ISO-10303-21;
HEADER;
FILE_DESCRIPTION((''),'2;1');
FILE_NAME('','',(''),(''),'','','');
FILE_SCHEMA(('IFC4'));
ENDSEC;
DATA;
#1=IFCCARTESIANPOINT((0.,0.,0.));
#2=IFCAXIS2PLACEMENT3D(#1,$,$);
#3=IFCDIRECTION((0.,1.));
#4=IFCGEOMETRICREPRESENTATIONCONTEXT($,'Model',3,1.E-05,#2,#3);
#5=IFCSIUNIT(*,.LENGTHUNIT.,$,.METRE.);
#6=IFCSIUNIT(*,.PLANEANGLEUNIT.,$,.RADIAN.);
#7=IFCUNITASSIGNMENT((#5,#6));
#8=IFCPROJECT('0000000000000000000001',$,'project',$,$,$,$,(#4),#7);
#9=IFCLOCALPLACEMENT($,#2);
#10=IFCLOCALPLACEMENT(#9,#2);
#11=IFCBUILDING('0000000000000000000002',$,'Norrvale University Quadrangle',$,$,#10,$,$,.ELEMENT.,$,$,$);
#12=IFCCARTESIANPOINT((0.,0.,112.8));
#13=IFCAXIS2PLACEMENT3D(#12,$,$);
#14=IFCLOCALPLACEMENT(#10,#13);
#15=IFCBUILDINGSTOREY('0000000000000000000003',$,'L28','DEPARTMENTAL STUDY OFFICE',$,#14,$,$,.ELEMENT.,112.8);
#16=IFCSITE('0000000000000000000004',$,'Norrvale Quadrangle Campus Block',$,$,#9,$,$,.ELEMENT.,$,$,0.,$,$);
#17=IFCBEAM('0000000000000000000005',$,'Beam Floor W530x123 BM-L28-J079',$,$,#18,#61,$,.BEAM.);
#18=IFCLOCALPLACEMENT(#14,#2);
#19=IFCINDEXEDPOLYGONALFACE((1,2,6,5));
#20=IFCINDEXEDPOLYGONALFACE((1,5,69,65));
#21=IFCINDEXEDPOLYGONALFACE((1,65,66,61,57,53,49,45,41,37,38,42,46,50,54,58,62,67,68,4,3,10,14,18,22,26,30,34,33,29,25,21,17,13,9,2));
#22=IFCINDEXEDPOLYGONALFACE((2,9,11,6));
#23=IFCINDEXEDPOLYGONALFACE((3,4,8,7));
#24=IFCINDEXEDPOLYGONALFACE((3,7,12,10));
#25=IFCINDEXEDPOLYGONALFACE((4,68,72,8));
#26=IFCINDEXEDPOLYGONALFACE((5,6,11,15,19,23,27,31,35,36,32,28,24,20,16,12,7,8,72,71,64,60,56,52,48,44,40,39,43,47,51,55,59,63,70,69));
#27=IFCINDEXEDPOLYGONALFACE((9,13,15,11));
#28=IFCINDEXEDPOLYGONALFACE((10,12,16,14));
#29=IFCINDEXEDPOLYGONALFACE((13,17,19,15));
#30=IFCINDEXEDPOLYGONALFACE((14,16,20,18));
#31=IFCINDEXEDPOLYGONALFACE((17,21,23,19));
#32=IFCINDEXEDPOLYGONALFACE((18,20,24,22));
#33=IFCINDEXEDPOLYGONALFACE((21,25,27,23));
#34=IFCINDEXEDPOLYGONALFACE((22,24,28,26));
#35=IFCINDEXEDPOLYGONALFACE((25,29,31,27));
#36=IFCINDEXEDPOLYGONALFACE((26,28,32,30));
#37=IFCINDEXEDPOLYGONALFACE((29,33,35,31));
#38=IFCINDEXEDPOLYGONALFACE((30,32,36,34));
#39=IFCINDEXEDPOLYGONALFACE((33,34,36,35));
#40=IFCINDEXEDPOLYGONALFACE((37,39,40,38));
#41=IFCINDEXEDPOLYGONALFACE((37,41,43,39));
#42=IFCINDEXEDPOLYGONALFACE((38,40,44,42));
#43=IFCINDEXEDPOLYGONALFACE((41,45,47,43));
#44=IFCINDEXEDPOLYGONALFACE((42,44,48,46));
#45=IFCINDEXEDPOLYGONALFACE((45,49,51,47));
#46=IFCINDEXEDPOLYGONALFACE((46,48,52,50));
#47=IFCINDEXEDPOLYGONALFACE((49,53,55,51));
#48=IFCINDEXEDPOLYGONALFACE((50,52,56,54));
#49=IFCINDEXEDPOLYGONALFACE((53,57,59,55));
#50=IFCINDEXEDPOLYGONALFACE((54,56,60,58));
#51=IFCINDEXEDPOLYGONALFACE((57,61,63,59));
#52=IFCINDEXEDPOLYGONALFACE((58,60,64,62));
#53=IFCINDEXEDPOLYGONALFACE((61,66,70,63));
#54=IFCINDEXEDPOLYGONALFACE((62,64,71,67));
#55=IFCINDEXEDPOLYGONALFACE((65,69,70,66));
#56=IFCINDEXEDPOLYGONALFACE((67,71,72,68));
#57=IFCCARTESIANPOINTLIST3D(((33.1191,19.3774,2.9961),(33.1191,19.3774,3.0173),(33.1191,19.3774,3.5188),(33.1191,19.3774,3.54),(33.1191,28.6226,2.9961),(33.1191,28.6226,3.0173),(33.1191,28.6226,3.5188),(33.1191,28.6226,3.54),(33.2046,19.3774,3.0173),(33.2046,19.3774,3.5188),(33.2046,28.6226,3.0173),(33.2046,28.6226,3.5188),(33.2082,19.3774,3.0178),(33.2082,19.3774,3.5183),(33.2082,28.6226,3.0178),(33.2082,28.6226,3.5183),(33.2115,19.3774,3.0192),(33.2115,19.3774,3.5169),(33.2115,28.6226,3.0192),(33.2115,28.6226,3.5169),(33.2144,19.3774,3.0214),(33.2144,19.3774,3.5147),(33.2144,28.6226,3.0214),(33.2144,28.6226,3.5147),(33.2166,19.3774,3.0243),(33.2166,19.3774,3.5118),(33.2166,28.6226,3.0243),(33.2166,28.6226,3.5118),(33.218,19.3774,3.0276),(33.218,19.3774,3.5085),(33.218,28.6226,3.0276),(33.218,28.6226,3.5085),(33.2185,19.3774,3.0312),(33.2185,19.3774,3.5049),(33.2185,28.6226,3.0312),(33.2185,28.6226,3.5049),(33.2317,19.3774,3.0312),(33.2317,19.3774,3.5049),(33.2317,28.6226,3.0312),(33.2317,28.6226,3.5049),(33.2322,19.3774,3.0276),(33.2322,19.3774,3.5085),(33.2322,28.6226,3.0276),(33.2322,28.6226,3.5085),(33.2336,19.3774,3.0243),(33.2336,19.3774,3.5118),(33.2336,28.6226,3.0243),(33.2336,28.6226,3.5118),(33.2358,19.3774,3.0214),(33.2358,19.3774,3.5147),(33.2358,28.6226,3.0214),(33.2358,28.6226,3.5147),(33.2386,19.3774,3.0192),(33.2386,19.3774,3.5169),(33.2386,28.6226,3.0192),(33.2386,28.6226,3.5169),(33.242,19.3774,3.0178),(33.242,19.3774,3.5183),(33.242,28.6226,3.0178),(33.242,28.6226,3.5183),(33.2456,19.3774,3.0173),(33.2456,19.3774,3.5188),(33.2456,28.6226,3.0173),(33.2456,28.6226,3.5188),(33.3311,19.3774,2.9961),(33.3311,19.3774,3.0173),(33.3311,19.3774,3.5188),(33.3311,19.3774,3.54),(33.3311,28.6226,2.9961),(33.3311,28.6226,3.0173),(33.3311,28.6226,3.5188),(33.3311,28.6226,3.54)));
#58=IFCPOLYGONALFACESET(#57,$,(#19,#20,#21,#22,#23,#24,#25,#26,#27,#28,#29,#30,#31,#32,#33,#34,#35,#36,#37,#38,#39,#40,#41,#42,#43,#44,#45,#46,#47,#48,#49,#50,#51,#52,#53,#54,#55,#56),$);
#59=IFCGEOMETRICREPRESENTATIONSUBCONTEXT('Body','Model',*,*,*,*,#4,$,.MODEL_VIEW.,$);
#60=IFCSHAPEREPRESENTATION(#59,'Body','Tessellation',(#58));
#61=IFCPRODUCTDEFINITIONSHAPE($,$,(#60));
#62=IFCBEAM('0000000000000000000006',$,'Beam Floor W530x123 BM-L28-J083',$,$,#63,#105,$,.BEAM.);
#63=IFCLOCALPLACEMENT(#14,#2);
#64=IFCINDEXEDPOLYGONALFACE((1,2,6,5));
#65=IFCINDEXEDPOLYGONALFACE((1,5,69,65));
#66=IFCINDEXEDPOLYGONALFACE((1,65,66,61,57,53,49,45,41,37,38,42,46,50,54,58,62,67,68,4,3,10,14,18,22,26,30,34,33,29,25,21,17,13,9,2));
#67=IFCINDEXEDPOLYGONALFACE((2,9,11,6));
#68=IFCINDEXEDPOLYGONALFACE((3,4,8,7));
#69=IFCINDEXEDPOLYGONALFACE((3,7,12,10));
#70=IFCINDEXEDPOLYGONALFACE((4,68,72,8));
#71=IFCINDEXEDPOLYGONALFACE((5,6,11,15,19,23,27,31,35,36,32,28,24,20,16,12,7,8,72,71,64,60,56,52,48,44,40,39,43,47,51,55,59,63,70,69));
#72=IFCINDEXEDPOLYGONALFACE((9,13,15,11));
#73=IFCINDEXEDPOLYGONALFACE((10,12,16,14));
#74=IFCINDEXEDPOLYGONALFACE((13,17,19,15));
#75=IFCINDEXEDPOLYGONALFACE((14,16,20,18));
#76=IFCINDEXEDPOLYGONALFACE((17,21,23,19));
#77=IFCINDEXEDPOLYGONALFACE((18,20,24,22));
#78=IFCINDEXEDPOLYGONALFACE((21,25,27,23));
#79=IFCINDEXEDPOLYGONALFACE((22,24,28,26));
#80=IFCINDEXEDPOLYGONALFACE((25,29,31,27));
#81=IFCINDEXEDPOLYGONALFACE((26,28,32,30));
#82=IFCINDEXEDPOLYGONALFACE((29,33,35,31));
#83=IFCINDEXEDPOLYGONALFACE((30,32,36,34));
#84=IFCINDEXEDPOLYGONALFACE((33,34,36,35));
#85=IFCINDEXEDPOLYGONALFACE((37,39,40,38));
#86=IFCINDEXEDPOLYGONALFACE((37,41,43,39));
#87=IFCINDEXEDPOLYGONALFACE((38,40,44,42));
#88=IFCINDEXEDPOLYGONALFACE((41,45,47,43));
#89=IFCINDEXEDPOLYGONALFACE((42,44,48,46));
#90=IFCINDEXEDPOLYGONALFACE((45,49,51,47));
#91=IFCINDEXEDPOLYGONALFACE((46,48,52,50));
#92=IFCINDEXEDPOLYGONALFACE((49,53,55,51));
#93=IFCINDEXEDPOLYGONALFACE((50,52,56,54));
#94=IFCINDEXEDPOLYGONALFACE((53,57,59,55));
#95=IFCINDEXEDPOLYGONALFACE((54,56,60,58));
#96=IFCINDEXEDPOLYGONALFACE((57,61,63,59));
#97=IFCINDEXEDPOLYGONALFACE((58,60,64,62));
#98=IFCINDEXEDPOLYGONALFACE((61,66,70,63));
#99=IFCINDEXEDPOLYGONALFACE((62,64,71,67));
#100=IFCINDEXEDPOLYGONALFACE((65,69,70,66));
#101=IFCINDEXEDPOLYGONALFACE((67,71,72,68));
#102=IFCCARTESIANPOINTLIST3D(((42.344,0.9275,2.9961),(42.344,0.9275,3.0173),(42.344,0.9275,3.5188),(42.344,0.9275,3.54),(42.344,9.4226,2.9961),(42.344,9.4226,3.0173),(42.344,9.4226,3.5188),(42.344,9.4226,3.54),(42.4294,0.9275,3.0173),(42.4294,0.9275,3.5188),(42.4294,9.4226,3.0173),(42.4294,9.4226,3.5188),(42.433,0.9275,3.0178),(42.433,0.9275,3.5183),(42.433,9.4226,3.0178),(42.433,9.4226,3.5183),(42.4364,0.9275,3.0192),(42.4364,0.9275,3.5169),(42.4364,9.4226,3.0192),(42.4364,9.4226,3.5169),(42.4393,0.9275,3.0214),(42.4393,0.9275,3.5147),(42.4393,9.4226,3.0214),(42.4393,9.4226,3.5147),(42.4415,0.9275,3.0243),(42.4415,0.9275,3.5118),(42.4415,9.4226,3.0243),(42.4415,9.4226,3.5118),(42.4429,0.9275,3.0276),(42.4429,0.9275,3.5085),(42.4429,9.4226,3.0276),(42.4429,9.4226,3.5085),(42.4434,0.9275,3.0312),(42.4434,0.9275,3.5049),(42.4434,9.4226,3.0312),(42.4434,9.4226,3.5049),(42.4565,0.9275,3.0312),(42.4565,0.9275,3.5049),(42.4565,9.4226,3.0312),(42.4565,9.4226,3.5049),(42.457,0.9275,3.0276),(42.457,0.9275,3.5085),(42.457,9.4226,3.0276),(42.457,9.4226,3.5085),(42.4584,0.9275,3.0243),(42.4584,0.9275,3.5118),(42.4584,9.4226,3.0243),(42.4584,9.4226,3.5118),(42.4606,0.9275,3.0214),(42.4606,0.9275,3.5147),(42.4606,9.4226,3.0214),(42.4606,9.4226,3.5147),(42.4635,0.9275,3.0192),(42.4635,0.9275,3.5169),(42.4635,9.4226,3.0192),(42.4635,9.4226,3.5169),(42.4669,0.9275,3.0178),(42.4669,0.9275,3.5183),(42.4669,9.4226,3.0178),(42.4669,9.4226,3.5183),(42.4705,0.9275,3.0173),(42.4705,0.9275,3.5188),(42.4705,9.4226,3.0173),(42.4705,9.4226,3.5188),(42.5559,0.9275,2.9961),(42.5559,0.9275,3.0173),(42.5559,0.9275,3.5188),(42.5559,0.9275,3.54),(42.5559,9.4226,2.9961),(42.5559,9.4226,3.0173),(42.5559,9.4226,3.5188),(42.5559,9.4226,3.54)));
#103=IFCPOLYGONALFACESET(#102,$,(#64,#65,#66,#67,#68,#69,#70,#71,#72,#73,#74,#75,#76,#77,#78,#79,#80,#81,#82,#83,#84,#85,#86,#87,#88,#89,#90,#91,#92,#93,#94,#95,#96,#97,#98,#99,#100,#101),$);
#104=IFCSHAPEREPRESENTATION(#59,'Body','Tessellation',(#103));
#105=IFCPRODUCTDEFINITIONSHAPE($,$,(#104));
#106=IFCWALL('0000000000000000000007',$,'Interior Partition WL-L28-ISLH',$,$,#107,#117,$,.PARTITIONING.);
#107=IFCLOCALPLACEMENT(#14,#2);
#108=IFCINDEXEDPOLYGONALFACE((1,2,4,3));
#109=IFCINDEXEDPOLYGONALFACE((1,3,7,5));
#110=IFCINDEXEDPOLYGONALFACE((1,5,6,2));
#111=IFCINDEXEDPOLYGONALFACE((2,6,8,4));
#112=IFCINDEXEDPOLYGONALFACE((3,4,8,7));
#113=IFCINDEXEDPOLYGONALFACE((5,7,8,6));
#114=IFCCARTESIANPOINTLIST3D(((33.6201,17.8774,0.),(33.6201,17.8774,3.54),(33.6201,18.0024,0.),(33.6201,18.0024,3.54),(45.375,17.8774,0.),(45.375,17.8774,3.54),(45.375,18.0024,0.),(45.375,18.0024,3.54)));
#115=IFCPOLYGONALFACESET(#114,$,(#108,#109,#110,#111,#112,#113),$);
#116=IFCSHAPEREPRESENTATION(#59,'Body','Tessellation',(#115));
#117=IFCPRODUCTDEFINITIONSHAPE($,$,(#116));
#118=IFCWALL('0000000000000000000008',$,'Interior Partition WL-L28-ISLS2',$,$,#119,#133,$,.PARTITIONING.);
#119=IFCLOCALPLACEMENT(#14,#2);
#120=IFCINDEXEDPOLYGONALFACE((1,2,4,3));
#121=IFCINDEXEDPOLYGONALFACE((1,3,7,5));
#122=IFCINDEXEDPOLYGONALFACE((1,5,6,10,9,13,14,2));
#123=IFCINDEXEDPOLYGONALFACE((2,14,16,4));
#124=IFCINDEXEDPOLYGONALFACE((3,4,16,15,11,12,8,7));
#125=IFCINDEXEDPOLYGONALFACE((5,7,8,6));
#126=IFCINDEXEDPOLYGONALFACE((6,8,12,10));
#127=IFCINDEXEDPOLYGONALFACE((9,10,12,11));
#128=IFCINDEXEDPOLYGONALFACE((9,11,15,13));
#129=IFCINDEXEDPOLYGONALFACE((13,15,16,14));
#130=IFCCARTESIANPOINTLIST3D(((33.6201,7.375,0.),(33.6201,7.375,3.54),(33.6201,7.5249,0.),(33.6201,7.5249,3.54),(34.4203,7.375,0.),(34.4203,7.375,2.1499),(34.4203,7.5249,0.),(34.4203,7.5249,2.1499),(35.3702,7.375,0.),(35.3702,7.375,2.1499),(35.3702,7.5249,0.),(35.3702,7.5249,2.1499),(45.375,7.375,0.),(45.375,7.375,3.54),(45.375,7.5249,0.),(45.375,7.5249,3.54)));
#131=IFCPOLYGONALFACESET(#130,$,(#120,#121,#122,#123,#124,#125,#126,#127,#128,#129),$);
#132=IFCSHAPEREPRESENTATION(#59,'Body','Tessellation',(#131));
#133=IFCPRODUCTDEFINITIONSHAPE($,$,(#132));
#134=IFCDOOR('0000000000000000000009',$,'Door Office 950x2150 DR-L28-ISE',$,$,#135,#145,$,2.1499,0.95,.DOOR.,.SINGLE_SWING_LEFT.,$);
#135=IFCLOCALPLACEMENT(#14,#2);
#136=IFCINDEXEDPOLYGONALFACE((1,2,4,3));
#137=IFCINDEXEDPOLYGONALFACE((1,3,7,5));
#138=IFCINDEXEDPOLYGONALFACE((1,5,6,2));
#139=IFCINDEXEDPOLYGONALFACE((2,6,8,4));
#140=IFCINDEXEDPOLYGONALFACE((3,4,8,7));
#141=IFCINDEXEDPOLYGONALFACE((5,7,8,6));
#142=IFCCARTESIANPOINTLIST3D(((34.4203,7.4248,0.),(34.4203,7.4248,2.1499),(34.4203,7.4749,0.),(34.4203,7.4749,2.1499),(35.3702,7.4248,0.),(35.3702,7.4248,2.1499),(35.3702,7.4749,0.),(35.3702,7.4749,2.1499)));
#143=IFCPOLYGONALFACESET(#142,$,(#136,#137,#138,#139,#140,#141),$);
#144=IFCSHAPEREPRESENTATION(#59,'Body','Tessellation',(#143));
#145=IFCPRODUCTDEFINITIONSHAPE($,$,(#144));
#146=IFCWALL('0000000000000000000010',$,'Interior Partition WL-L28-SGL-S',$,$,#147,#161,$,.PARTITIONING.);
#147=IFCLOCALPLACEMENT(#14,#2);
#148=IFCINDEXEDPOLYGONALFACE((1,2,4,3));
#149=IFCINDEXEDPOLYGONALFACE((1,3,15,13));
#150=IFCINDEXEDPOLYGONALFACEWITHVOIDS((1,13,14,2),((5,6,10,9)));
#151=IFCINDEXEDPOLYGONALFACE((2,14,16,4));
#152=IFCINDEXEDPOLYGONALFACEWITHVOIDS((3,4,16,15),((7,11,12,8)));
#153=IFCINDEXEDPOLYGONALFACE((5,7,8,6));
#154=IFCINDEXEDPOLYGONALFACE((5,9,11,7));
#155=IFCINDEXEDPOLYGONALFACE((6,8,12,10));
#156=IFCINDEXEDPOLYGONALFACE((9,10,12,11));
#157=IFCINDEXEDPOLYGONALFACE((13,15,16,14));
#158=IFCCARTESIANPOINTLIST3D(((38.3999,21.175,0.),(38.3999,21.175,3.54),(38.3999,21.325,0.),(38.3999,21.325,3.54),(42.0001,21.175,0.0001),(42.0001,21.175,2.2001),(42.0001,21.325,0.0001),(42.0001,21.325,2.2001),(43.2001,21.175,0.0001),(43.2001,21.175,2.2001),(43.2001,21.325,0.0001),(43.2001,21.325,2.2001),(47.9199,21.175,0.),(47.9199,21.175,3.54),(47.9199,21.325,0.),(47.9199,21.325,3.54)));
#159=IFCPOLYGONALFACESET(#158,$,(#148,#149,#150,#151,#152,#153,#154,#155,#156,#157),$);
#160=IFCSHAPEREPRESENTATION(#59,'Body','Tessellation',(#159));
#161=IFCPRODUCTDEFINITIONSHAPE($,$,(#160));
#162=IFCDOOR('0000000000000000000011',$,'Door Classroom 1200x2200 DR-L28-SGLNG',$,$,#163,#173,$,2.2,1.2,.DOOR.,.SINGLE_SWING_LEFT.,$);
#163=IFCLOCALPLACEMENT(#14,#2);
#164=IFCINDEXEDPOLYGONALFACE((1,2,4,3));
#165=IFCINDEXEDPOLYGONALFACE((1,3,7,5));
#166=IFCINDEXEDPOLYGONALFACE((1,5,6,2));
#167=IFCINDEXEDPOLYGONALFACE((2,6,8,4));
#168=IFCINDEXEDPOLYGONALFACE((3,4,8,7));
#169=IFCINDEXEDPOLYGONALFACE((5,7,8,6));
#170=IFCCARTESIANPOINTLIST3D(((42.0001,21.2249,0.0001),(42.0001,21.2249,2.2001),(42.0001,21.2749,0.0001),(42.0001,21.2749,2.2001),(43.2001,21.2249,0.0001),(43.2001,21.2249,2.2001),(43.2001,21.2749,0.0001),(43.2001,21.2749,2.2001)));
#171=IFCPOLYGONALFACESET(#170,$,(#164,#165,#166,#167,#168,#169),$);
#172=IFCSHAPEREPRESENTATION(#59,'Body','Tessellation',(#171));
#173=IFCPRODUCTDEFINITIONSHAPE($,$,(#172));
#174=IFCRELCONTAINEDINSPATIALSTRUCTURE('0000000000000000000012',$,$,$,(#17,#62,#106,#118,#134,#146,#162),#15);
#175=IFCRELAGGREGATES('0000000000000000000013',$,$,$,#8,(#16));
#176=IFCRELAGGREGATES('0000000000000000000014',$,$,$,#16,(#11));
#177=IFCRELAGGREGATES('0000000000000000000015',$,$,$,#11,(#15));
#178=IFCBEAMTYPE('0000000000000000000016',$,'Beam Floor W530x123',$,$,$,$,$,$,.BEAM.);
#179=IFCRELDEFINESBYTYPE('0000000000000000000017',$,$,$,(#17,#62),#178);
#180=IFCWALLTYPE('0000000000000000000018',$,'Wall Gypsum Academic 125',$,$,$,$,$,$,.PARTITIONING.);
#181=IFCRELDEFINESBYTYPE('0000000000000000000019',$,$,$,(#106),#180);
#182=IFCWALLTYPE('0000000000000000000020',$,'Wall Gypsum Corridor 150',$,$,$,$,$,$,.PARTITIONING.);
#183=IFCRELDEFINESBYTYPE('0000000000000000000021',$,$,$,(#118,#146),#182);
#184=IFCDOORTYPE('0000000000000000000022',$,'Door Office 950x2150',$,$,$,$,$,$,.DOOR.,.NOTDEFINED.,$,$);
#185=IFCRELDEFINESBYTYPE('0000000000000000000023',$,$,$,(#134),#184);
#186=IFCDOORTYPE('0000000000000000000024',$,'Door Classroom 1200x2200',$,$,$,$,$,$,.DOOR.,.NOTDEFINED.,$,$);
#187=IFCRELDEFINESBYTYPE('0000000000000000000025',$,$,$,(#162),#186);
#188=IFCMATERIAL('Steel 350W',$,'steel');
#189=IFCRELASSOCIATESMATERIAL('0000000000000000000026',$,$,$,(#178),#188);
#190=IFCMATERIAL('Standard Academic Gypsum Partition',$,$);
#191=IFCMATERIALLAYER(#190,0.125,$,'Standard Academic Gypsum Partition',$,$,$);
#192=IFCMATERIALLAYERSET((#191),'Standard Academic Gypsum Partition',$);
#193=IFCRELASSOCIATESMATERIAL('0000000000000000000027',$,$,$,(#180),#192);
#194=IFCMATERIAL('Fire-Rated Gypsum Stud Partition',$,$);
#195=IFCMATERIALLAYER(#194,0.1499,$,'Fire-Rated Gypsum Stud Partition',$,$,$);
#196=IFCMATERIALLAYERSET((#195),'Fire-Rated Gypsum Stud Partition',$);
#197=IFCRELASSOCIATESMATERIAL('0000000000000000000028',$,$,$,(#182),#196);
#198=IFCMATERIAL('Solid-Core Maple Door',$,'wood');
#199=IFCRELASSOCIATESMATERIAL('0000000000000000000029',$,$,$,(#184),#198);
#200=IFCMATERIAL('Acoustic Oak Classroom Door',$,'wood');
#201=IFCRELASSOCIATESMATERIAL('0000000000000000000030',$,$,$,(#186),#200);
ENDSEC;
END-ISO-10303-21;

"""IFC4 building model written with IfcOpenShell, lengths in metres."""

from ifc_helpers import new_model, si_unit, direction, frame, frame_2d, origin, origin_2d, place, context, subcontext, project, spatial, rectangle, i_section, extrude, material, layer, layer_set, material_profile, profile_set, type_object, element, fill, save


model = new_model("IFC4")

# Units and contexts
model_context = context("Model", 3, precision=1e-05, world=origin(), true_north=direction((0.0, 1.0)))
body_context = subcontext(model_context, "Body", "Model", "MODEL_VIEW")
ifc_project = project(units=[si_unit("LENGTHUNIT", "METRE"), si_unit("PLANEANGLEUNIT", "RADIAN")], contexts=[model_context])

# Site, building, storey
site_placement = place(None, origin())
site = spatial("IfcSite", under=ifc_project, at=site_placement, Name="Norrvale Quadrangle Campus Block", CompositionType="ELEMENT", RefElevation=0.0)
building_placement = place(site_placement, origin())
building = spatial("IfcBuilding", under=site, at=building_placement, Name="Norrvale University Quadrangle", CompositionType="ELEMENT")
storey_placement = place(building_placement, frame((0.0, 0.0, 112.8)))
storey = spatial("IfcBuildingStorey", under=building, at=storey_placement, Name="L28", Description="DEPARTMENTAL STUDY OFFICE", CompositionType="ELEMENT", Elevation=112.8)

# Beams
ifc_material_1 = material(Name="Steel 350W", Category="steel")
ifc_material_profile_1 = material_profile(ifc_material_1, i_section(OverallWidth=0.2119, OverallDepth=0.5439, WebThickness=0.0132, FlangeThickness=0.0212, FilletRadius=0.0139, at=origin_2d()), Name="Steel 350W")
ifc_profile_set_1 = profile_set([ifc_material_profile_1], Name="Steel 350W")
beam_type_1 = type_object("IfcBeamType", Name="Beam Floor W530x123", PredefinedType="BEAM", material=ifc_profile_set_1)
beam_1_placement = place(storey_placement, frame((33.2251, 19.3774, 3.2681), z_axis=(0.0, 1.0, 0.0), x_axis=(-1.0, 0.0, 0.0)))
element("IfcBeam", 1, at=beam_1_placement, inside=storey, type_object=beam_type_1, Name="Beam Floor W530x123 BM-L28-J079", PredefinedType="BEAM", context=body_context, shape_type="SweptSolid", body=[
    extrude(i_section(OverallWidth=0.2119, OverallDepth=0.5439, WebThickness=0.0132, FlangeThickness=0.0212, FilletRadius=0.0139, at=origin_2d()), origin(), (0.0, 0.0, 1.0), 9.2451),
])
beam_2_placement = place(storey_placement, frame((42.45, 0.9275, 3.2681), z_axis=(0.0, 1.0, 0.0), x_axis=(-1.0, 0.0, 0.0)))
element("IfcBeam", 2, at=beam_2_placement, inside=storey, type_object=beam_type_1, Name="Beam Floor W530x123 BM-L28-J083", PredefinedType="BEAM", context=body_context, shape_type="SweptSolid", body=[
    extrude(i_section(OverallWidth=0.2119, OverallDepth=0.5439, WebThickness=0.0132, FlangeThickness=0.0212, FilletRadius=0.0139, at=origin_2d()), origin(), (0.0, 0.0, 1.0), 8.4951),
])

# Wall
ifc_material_2 = material(Name="Standard Academic Gypsum Partition")
ifc_layer_1 = layer(ifc_material_2, 0.125, Name="Standard Academic Gypsum Partition")
ifc_layer_set_1 = layer_set([ifc_layer_1], Name="Standard Academic Gypsum Partition")
wall_type_1 = type_object("IfcWallType", Name="Wall Gypsum Academic 125", PredefinedType="PARTITIONING", material=ifc_layer_set_1)
wall_1_placement = place(storey_placement, frame((33.6201, 17.9399, 0.0), z_axis=(0.0, 0.0, 1.0), x_axis=(1.0, 0.0, 0.0)))
element("IfcWall", 3, at=wall_1_placement, inside=storey, type_object=wall_type_1, Name="Interior Partition WL-L28-ISLH", PredefinedType="PARTITIONING", context=body_context, shape_type="SweptSolid", body=[
    extrude(rectangle(XDim=11.7549, YDim=0.125, at=frame_2d((5.8774, 0.0))), origin(), (0.0, 0.0, 1.0), 3.54),
])

# Walls, openings, doors
ifc_material_3 = material(Name="Fire-Rated Gypsum Stud Partition")
ifc_layer_2 = layer(ifc_material_3, 0.1499, Name="Fire-Rated Gypsum Stud Partition")
ifc_layer_set_2 = layer_set([ifc_layer_2], Name="Fire-Rated Gypsum Stud Partition")
wall_type_2 = type_object("IfcWallType", Name="Wall Gypsum Corridor 150", PredefinedType="PARTITIONING", material=ifc_layer_set_2)
wall_2_placement = place(storey_placement, frame((33.6201, 7.45, 0.0), z_axis=(0.0, 0.0, 1.0), x_axis=(1.0, 0.0, 0.0)))
wall_2 = element("IfcWall", 4, at=wall_2_placement, inside=storey, type_object=wall_type_2, Name="Interior Partition WL-L28-ISLS2", PredefinedType="PARTITIONING", context=body_context, shape_type="SweptSolid", body=[
    extrude(rectangle(XDim=11.7549, YDim=0.1499, at=frame_2d((5.8774, 0.0))), origin(), (0.0, 0.0, 1.0), 3.54),
])
opening_1_placement = place(wall_2_placement, frame((0.8, 0.0, 0.0)))
opening_1 = element("IfcOpeningElement", 5, at=opening_1_placement, cuts=wall_2, PredefinedType="OPENING", context=body_context, shape_type="SweptSolid", body=[
    extrude(rectangle(XDim=0.95, YDim=2.1499, at=frame_2d((0.4751, 1.075))), frame((0.0, 0.0869, 0.0), z_axis=(0.0, -1.0, 0.0), x_axis=(1.0, 0.0, 0.0)), (0.0, 0.0, 1.0), 0.1738),
])
ifc_material_4 = material(Name="Solid-Core Maple Door", Category="wood")
door_type_1 = type_object("IfcDoorType", Name="Door Office 950x2150", OperationType="NOTDEFINED", PredefinedType="DOOR", material=ifc_material_4)
door_1_placement = place(opening_1_placement, origin())
door_1 = element("IfcDoor", 6, at=door_1_placement, inside=storey, type_object=door_type_1, Name="Door Office 950x2150 DR-L28-ISE", OperationType="SINGLE_SWING_LEFT", OverallHeight=2.1499, OverallWidth=0.95, PredefinedType="DOOR", context=body_context, shape_type="SweptSolid", body=[
    extrude(rectangle(XDim=0.95, YDim=2.1499, at=frame_2d((0.4751, 1.075))), frame((0.0, 0.0249, 0.0), z_axis=(0.0, -1.0, 0.0), x_axis=(1.0, 0.0, 0.0)), (0.0, 0.0, 1.0), 0.05),
])
fill(opening_1, door_1)
wall_3_placement = place(storey_placement, frame((38.3999, 21.25, 0.0), z_axis=(0.0, 0.0, 1.0), x_axis=(1.0, 0.0, 0.0)))
wall_3 = element("IfcWall", 7, at=wall_3_placement, inside=storey, type_object=wall_type_2, Name="Interior Partition WL-L28-SGL-S", PredefinedType="PARTITIONING", context=body_context, shape_type="SweptSolid", body=[
    extrude(rectangle(XDim=9.52, YDim=0.1499, at=frame_2d((4.76, 0.0))), origin(), (0.0, 0.0, 1.0), 3.54),
])
opening_2_placement = place(wall_3_placement, frame((3.6001, 0.0, 0.0)))
opening_2 = element("IfcOpeningElement", 8, at=opening_2_placement, cuts=wall_3, PredefinedType="OPENING", context=body_context, shape_type="SweptSolid", body=[
    extrude(rectangle(XDim=1.2, YDim=2.2, at=frame_2d((0.6001, 1.1001))), frame((0.0, 0.0869, 0.0), z_axis=(0.0, -1.0, 0.0), x_axis=(1.0, 0.0, 0.0)), (0.0, 0.0, 1.0), 0.1738),
])
ifc_material_5 = material(Name="Acoustic Oak Classroom Door", Category="wood")
door_type_2 = type_object("IfcDoorType", Name="Door Classroom 1200x2200", OperationType="NOTDEFINED", PredefinedType="DOOR", material=ifc_material_5)
door_2_placement = place(opening_2_placement, origin())
door_2 = element("IfcDoor", 9, at=door_2_placement, inside=storey, type_object=door_type_2, Name="Door Classroom 1200x2200 DR-L28-SGLNG", OperationType="SINGLE_SWING_LEFT", OverallHeight=2.2, OverallWidth=1.2, PredefinedType="DOOR", context=body_context, shape_type="SweptSolid", body=[
    extrude(rectangle(XDim=1.2, YDim=2.2, at=frame_2d((0.6001, 1.1001))), frame((0.0, 0.0249, 0.0), z_axis=(0.0, -1.0, 0.0), x_axis=(1.0, 0.0, 0.0)), (0.0, 0.0, 1.0), 0.05),
])
fill(opening_2, door_2)

save(model, "model.ifc")
